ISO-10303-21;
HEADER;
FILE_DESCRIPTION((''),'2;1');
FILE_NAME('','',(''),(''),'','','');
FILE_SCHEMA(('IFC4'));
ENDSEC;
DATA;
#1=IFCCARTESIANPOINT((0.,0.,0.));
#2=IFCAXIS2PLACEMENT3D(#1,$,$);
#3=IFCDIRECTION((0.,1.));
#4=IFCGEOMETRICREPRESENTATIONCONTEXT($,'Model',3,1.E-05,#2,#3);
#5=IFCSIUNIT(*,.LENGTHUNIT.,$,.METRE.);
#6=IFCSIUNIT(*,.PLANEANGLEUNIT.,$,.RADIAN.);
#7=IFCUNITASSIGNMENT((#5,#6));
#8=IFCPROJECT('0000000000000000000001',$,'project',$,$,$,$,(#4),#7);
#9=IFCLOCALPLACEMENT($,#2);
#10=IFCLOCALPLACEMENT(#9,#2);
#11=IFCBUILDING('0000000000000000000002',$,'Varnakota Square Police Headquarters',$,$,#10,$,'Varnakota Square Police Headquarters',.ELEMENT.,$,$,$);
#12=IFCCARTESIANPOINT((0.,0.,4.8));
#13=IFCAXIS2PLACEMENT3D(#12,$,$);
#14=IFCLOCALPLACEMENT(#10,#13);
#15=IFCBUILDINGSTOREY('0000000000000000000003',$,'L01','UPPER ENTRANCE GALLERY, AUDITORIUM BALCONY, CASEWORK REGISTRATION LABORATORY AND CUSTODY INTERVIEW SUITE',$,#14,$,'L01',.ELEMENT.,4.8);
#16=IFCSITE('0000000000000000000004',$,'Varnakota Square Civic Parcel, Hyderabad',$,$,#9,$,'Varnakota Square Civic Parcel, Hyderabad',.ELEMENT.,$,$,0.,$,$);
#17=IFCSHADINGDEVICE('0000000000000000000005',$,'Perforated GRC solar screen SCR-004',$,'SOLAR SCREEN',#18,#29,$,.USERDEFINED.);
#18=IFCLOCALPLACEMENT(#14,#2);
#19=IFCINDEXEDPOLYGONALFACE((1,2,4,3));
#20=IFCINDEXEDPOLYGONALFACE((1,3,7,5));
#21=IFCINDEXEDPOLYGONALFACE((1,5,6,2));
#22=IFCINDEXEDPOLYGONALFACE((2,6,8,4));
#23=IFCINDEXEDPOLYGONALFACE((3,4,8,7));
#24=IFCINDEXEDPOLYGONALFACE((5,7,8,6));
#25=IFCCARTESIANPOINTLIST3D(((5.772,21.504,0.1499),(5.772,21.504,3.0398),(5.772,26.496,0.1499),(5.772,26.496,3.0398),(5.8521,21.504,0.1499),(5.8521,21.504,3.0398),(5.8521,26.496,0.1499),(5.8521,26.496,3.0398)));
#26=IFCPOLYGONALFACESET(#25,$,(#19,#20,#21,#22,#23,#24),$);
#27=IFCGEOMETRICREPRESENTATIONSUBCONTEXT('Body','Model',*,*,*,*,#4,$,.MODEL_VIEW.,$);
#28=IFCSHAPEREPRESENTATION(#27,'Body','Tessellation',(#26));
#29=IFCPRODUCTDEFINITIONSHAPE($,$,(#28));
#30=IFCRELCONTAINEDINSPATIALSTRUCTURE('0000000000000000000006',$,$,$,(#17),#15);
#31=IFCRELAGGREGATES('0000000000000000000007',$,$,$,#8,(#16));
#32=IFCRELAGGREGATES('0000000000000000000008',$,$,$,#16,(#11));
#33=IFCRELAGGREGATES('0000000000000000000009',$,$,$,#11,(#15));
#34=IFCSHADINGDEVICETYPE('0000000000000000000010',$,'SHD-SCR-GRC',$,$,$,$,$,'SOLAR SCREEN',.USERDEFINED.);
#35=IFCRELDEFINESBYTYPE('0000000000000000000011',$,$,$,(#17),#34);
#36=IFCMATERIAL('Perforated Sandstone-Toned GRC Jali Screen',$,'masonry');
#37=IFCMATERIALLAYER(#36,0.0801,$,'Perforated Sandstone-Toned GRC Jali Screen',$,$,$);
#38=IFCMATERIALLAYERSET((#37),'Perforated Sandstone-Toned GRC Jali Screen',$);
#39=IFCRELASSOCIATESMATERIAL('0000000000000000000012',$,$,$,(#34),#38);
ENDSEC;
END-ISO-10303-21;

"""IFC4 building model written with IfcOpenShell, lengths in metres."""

from ifc_helpers import new_model, si_unit, direction, frame, origin, origin_2d, place, context, subcontext, project, spatial, rectangle, extrude, material, layer, layer_set, type_object, element, save


model = new_model("IFC4")

# Units and contexts
model_context = context("Model", 3, precision=1e-05, world=origin(), true_north=direction((0.0, 1.0)))
body_context = subcontext(model_context, "Body", "Model", "MODEL_VIEW")
ifc_project = project(units=[si_unit("LENGTHUNIT", "METRE"), si_unit("PLANEANGLEUNIT", "RADIAN")], contexts=[model_context])

# Site, building, storey
site_placement = place(None, origin())
site = spatial("IfcSite", under=ifc_project, at=site_placement, Name="Varnakota Square Civic Parcel, Hyderabad", LongName="Varnakota Square Civic Parcel, Hyderabad", CompositionType="ELEMENT", RefElevation=0.0)
building_placement = place(site_placement, origin())
building = spatial("IfcBuilding", under=site, at=building_placement, Name="Varnakota Square Police Headquarters", LongName="Varnakota Square Police Headquarters", CompositionType="ELEMENT")
storey_placement = place(building_placement, frame((0.0, 0.0, 4.8)))
storey = spatial("IfcBuildingStorey", under=building, at=storey_placement, Name="L01", Description="UPPER ENTRANCE GALLERY, AUDITORIUM BALCONY, CASEWORK REGISTRATION LABORATORY AND CUSTODY INTERVIEW SUITE", LongName="L01", CompositionType="ELEMENT", Elevation=4.8)

# Shading device
ifc_material_1 = material(Name="Perforated Sandstone-Toned GRC Jali Screen", Category="masonry")
ifc_layer_1 = layer(ifc_material_1, 0.0801, Name="Perforated Sandstone-Toned GRC Jali Screen")
ifc_layer_set_1 = layer_set([ifc_layer_1], Name="Perforated Sandstone-Toned GRC Jali Screen")
shading_device_type = type_object("IfcShadingDeviceType", Name="SHD-SCR-GRC", ElementType="SOLAR SCREEN", PredefinedType="USERDEFINED", material=ifc_layer_set_1)
shading_device_placement = place(storey_placement, frame((5.812, 24.0, 0.1499), z_axis=(0.0, 0.0, 1.0), x_axis=(0.0, 1.0, 0.0)))
element("IfcShadingDevice", 1, at=shading_device_placement, inside=storey, type_object=shading_device_type, Name="Perforated GRC solar screen SCR-004", ObjectType="SOLAR SCREEN", PredefinedType="USERDEFINED", context=body_context, shape_type="SweptSolid", body=[
    extrude(rectangle(XDim=4.9919, YDim=0.0801, at=origin_2d()), origin(), (0.0, 0.0, 1.0), 2.8899),
])

save(model, "model.ifc")
